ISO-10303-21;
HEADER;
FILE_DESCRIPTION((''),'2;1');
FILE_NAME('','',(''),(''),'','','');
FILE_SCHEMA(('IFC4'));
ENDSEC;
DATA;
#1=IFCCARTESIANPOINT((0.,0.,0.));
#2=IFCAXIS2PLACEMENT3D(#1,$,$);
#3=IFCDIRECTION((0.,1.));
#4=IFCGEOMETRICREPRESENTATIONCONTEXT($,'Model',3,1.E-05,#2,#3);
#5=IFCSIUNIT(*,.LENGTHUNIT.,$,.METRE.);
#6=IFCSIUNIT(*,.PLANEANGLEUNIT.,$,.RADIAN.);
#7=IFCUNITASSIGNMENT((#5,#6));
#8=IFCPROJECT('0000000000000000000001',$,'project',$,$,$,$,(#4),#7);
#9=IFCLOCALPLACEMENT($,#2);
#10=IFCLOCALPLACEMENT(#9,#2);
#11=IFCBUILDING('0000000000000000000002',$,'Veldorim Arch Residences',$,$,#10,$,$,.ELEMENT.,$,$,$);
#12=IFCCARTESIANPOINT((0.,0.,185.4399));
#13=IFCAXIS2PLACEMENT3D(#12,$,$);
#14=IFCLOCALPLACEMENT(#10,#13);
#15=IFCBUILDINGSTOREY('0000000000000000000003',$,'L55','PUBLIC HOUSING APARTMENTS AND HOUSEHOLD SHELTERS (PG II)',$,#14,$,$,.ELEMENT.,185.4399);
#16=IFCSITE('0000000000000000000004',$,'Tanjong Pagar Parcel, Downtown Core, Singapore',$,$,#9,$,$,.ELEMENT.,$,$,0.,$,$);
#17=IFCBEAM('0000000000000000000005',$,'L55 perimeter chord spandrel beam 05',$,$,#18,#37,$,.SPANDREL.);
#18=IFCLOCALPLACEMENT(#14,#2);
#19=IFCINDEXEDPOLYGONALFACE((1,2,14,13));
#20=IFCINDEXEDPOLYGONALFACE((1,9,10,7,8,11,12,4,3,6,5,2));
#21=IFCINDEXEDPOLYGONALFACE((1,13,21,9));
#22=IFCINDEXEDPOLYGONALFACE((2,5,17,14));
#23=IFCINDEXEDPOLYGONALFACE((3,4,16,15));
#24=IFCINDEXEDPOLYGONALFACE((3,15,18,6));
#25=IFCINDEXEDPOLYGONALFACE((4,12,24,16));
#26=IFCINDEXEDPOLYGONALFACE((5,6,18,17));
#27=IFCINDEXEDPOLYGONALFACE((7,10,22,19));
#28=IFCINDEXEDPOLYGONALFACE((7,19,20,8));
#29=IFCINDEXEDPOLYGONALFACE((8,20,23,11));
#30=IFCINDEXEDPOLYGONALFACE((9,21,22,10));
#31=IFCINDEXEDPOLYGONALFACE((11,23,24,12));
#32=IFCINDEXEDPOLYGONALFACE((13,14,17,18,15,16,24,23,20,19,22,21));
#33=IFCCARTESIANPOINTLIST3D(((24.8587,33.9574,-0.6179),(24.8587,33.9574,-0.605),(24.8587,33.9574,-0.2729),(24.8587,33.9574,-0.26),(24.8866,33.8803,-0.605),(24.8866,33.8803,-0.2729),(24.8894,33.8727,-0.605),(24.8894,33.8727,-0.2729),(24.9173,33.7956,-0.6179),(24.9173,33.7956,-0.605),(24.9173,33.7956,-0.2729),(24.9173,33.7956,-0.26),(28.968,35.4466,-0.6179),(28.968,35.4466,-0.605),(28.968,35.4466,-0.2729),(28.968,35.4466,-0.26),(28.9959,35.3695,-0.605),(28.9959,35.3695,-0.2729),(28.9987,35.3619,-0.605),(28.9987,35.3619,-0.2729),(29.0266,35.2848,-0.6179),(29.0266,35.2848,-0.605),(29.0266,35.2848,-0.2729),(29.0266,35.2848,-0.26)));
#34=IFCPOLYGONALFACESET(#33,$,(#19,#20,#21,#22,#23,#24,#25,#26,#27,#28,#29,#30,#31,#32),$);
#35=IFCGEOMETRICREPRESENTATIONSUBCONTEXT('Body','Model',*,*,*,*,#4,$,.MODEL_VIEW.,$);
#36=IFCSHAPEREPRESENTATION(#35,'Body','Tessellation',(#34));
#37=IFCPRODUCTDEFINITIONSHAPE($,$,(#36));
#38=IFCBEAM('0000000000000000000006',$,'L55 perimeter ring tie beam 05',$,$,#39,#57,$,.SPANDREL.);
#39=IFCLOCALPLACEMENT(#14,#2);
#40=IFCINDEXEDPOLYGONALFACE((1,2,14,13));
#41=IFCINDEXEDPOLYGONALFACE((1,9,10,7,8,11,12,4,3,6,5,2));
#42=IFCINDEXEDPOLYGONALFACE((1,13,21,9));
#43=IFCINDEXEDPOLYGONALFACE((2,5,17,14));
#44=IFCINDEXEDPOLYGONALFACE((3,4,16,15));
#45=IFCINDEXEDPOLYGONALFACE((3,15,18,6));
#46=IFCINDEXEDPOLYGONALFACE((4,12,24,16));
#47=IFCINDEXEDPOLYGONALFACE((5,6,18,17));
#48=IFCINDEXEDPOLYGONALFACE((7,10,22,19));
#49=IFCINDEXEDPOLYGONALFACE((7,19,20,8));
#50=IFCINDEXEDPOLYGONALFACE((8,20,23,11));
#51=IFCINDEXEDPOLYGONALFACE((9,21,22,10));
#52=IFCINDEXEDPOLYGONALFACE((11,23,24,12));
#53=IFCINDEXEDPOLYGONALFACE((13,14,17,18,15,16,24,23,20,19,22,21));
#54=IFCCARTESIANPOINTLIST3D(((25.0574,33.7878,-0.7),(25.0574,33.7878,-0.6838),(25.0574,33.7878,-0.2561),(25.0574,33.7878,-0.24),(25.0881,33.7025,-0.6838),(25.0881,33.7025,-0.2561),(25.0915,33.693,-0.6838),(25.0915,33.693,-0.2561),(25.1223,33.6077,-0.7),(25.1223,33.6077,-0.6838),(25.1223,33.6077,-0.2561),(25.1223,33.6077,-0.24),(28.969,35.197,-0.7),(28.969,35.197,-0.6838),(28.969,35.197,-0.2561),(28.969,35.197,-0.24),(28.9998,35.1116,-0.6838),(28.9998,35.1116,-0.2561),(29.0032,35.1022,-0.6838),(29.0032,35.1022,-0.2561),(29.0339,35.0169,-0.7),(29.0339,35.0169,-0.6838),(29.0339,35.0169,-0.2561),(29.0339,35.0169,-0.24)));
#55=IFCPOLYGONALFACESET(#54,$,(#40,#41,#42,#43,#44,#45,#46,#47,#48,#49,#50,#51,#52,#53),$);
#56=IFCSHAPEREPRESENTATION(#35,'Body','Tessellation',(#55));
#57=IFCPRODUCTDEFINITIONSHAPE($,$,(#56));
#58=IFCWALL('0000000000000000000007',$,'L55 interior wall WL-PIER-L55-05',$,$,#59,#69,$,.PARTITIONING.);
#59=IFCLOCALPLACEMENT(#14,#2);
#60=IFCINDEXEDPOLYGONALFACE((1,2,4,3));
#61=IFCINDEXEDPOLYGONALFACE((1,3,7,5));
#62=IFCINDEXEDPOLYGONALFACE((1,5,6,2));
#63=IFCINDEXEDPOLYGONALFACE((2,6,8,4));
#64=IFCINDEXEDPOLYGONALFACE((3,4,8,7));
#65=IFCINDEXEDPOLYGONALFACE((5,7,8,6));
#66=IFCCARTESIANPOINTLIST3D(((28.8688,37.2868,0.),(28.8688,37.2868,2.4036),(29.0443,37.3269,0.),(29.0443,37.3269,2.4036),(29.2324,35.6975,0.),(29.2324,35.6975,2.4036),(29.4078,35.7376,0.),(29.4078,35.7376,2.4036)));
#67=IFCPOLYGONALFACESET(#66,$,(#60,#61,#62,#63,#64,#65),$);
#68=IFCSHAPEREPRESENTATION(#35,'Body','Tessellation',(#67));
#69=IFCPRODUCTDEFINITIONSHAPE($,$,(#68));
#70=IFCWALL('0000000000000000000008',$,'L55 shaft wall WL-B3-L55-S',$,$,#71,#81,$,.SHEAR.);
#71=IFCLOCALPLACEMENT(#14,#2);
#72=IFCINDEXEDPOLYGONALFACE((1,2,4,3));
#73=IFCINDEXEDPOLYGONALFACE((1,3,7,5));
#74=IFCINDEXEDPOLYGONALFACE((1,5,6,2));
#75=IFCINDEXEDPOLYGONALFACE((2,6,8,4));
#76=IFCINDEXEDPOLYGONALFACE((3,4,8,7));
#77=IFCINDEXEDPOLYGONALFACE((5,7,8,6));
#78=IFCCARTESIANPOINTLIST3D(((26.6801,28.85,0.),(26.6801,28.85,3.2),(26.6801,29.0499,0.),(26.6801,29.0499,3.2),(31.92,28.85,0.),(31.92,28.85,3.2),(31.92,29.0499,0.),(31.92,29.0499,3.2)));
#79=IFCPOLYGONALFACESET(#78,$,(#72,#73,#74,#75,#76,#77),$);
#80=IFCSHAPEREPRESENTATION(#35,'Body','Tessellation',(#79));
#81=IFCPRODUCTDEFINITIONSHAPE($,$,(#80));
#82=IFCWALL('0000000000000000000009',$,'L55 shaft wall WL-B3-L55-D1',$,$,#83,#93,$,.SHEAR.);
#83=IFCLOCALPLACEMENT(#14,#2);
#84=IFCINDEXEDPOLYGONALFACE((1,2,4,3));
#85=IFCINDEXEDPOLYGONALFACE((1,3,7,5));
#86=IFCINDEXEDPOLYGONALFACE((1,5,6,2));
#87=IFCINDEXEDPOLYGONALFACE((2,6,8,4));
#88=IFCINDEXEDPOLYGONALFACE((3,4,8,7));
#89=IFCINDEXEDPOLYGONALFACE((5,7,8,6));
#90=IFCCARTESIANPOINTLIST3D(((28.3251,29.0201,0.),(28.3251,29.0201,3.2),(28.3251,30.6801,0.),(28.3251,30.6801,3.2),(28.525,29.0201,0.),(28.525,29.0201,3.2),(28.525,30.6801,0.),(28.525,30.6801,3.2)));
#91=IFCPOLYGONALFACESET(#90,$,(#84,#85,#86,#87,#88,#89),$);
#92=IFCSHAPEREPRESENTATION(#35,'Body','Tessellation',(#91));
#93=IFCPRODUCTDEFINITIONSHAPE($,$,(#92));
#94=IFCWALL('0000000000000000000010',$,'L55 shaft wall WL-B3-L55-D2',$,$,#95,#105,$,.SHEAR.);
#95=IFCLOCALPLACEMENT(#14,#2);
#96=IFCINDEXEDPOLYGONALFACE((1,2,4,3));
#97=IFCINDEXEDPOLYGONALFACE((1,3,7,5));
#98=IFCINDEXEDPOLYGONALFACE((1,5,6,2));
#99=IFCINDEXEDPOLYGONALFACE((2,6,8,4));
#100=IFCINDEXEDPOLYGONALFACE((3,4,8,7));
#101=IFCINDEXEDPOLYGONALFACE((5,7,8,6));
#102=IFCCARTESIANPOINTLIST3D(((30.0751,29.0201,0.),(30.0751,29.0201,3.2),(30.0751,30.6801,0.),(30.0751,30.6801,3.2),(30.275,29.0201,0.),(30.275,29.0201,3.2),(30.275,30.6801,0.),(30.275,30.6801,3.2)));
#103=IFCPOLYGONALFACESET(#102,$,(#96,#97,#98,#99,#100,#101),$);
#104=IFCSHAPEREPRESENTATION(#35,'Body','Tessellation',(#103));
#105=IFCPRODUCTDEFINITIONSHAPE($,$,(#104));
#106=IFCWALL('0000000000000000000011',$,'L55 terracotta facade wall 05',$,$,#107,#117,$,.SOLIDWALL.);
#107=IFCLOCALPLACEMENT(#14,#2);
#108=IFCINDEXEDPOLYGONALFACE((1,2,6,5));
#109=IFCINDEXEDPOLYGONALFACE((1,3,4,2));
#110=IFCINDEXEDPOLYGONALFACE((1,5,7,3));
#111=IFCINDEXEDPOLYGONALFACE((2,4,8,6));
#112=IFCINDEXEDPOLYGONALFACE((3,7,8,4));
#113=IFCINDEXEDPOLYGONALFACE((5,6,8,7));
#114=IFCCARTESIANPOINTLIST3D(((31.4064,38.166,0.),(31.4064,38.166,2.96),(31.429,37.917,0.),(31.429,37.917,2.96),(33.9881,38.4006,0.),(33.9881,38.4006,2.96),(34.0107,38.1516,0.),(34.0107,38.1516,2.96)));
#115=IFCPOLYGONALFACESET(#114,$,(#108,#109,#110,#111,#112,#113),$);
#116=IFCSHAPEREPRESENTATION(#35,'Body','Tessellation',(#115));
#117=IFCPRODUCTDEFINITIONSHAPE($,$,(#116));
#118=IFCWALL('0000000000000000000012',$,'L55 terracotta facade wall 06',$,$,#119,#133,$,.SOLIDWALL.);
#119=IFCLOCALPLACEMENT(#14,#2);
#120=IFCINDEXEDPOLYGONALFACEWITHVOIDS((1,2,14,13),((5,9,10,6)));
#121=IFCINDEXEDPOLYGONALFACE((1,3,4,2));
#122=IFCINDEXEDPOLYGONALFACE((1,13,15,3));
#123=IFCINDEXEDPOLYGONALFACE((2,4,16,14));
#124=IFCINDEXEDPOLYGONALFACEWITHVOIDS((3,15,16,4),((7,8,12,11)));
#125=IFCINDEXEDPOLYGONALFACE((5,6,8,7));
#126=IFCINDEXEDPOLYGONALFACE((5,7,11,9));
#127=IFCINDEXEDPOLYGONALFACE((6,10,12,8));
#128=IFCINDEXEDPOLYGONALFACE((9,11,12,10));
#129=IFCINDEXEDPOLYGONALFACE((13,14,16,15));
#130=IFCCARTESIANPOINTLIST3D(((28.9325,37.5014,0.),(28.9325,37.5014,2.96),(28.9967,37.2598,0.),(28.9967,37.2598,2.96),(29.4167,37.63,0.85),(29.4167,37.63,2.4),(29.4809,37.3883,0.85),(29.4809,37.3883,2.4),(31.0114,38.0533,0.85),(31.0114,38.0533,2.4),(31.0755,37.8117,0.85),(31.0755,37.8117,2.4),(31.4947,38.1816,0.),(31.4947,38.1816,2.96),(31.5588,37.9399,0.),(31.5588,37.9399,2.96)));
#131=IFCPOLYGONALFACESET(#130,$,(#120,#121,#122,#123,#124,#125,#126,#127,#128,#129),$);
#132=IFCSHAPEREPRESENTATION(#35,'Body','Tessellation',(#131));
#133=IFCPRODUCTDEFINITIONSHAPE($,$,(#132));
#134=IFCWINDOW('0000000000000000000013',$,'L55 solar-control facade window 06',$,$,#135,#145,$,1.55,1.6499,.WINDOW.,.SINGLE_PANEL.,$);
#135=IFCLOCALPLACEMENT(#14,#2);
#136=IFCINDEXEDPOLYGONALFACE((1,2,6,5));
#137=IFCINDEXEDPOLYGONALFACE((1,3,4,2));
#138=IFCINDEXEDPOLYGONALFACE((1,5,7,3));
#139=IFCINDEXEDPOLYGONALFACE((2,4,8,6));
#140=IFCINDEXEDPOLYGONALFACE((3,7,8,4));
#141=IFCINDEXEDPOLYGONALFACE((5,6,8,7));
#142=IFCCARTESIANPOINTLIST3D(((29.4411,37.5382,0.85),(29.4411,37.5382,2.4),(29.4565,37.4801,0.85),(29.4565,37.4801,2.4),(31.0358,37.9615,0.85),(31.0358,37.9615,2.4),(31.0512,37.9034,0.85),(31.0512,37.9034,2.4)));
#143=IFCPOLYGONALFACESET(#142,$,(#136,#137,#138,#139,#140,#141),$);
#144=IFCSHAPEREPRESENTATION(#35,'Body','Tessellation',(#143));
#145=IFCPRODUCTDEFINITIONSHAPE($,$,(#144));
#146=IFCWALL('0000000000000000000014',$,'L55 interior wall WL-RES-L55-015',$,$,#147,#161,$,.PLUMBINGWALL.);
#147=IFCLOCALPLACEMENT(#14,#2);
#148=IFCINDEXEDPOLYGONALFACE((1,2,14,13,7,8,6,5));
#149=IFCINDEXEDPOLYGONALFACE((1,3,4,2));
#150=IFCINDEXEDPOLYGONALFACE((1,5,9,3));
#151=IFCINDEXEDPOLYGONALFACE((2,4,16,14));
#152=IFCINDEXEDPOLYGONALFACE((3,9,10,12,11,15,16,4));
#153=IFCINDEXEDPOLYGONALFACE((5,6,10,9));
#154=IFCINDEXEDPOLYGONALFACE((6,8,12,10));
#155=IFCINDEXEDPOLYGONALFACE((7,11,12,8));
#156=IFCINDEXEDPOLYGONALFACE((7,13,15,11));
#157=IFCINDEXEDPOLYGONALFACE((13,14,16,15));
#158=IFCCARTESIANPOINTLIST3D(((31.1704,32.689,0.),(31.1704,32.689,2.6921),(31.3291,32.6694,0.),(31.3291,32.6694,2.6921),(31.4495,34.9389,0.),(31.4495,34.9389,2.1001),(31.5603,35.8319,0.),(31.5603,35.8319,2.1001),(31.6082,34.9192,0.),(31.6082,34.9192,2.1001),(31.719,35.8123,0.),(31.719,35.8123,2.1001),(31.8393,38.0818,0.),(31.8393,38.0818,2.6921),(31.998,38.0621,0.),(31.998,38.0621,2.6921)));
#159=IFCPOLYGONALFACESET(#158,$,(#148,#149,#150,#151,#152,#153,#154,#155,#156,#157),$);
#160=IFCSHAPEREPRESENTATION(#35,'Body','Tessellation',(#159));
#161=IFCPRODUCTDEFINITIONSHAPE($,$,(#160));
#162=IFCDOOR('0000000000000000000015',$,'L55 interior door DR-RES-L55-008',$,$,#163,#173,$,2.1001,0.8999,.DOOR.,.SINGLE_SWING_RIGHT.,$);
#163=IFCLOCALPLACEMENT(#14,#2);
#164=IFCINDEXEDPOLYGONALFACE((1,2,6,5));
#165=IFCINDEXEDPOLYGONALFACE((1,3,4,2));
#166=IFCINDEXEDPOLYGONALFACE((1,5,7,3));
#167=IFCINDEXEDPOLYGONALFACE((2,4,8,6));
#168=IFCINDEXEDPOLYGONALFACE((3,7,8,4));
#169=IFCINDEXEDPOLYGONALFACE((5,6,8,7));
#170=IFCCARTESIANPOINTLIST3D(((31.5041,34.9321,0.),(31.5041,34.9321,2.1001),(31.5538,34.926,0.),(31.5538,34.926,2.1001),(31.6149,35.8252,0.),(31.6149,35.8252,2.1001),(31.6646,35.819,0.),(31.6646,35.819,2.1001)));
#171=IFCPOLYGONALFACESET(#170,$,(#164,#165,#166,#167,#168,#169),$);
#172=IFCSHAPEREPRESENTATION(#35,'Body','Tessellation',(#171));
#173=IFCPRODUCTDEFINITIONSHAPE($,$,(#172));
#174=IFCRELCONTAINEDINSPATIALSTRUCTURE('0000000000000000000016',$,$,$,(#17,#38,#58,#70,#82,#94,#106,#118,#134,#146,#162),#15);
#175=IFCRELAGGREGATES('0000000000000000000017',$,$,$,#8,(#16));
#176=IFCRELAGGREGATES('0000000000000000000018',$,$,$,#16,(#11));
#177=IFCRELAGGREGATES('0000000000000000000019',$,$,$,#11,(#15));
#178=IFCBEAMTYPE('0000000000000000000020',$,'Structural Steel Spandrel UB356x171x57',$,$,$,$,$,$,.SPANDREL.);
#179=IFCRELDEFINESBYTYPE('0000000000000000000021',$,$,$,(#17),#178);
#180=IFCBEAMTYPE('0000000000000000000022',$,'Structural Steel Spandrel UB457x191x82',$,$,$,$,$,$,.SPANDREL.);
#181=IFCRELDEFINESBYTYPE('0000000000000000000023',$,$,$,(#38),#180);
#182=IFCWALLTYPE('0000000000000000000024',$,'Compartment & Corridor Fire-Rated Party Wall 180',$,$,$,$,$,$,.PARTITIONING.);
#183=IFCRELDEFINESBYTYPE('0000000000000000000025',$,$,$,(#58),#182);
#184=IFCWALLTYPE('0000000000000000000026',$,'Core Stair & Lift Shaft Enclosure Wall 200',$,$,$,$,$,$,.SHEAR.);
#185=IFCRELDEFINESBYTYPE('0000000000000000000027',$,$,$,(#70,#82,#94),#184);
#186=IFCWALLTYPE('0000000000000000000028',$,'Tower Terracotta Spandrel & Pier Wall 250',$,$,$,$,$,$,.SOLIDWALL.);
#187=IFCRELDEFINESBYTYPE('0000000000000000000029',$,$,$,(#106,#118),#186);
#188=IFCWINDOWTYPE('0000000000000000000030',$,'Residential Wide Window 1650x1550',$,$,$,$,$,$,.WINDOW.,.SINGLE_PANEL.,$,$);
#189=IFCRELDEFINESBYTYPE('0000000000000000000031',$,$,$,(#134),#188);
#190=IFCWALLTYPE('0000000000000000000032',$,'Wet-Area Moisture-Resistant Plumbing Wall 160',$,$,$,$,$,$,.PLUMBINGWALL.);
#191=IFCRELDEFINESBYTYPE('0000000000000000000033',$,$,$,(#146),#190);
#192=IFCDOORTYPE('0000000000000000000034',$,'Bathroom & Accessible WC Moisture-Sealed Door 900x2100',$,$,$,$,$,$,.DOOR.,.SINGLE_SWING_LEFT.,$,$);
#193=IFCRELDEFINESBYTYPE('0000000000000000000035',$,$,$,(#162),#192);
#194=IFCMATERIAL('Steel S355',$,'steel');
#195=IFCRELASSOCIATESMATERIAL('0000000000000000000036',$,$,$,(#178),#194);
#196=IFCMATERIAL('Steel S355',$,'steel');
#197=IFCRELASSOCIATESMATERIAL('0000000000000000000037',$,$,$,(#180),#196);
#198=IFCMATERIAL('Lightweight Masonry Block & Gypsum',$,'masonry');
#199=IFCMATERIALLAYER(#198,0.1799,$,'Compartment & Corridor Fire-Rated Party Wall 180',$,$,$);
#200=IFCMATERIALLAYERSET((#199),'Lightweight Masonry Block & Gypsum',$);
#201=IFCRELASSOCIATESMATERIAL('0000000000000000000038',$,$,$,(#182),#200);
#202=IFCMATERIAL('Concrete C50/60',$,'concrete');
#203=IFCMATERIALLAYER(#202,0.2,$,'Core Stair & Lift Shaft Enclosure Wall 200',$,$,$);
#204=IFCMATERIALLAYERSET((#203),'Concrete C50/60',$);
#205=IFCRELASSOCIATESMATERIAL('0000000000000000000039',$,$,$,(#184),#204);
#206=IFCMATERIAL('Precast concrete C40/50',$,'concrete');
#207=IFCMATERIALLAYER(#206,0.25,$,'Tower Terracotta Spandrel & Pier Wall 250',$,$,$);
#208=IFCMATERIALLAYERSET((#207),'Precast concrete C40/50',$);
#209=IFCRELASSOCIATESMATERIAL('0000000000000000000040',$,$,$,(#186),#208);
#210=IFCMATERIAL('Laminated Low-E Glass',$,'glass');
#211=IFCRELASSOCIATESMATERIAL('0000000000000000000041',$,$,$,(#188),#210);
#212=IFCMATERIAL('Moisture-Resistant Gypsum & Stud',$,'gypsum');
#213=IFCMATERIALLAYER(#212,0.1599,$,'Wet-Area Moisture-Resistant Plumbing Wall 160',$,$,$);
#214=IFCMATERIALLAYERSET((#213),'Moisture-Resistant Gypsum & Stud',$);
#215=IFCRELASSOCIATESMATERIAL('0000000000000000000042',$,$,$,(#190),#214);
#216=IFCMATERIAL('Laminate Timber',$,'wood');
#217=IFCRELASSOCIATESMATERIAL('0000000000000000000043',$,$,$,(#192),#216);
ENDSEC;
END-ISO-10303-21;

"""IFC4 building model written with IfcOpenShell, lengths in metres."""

from ifc_helpers import new_model, si_unit, direction, frame, frame_2d, origin, origin_2d, place, context, subcontext, project, spatial, rectangle, i_section, extrude, material, layer, layer_set, material_profile, profile_set, type_object, element, fill, save


model = new_model("IFC4")

# Units and contexts
model_context = context("Model", 3, precision=1e-05, world=origin(), true_north=direction((0.0, 1.0)))
body_context = subcontext(model_context, "Body", "Model", "MODEL_VIEW")
ifc_project = project(units=[si_unit("LENGTHUNIT", "METRE"), si_unit("PLANEANGLEUNIT", "RADIAN")], contexts=[model_context])

# Site, building, storey
site_placement = place(None, origin())
site = spatial("IfcSite", under=ifc_project, at=site_placement, Name="Tanjong Pagar Parcel, Downtown Core, Singapore", CompositionType="ELEMENT", RefElevation=0.0)
building_placement = place(site_placement, origin())
building = spatial("IfcBuilding", under=site, at=building_placement, Name="Veldorim Arch Residences", CompositionType="ELEMENT")
storey_placement = place(building_placement, frame((0.0, 0.0, 185.4399)))
storey = spatial("IfcBuildingStorey", under=building, at=storey_placement, Name="L55", Description="PUBLIC HOUSING APARTMENTS AND HOUSEHOLD SHELTERS (PG II)", CompositionType="ELEMENT", Elevation=185.4399)

# Beams
ifc_material_1 = material(Name="Steel S355", Category="steel")
ifc_material_profile_1 = material_profile(ifc_material_1, i_section(OverallWidth=0.1721, OverallDepth=0.3579, WebThickness=0.0081, FlangeThickness=0.0129, at=origin_2d()), Name="UB356x171x57")
ifc_profile_set_1 = profile_set([ifc_material_profile_1], Name="Steel S355")
beam_type_1 = type_object("IfcBeamType", Name="Structural Steel Spandrel UB356x171x57", PredefinedType="SPANDREL", material=ifc_profile_set_1)
beam_1_placement = place(storey_placement, frame((28.9973, 35.3657, -0.439), z_axis=(-0.940165, -0.34072, 0.0), x_axis=(0.34072, -0.940165, 0.0)))
element("IfcBeam", 1, at=beam_1_placement, inside=storey, type_object=beam_type_1, Name="L55 perimeter chord spandrel beam 05", PredefinedType="SPANDREL", context=body_context, shape_type="SweptSolid", body=[
    extrude(i_section(OverallWidth=0.1721, OverallDepth=0.3579, WebThickness=0.0081, FlangeThickness=0.0129, at=origin_2d()), origin(), (0.0, 0.0, 1.0), 4.3708),
])
ifc_material_2 = material(Name="Steel S355", Category="steel")
ifc_material_profile_2 = material_profile(ifc_material_2, i_section(OverallWidth=0.1914, OverallDepth=0.46, WebThickness=0.01, FlangeThickness=0.0161, at=origin_2d()), Name="UB457x191x82")
ifc_profile_set_2 = profile_set([ifc_material_profile_2], Name="Steel S355")
beam_type_2 = type_object("IfcBeamType", Name="Structural Steel Spandrel UB457x191x82", PredefinedType="SPANDREL", material=ifc_profile_set_2)
beam_2_placement = place(storey_placement, frame((29.0015, 35.1069, -0.47), z_axis=(-0.940811, -0.338932, 0.0), x_axis=(0.338932, -0.940811, 0.0)))
element("IfcBeam", 2, at=beam_2_placement, inside=storey, type_object=beam_type_2, Name="L55 perimeter ring tie beam 05", PredefinedType="SPANDREL", context=body_context, shape_type="SweptSolid", body=[
    extrude(i_section(OverallWidth=0.1914, OverallDepth=0.46, WebThickness=0.01, FlangeThickness=0.0161, at=origin_2d()), origin(), (0.0, 0.0, 1.0), 4.1577),
])

# Walls
ifc_material_3 = material(Name="Lightweight Masonry Block & Gypsum", Category="masonry")
ifc_layer_1 = layer(ifc_material_3, 0.1799, Name="Compartment & Corridor Fire-Rated Party Wall 180")
ifc_layer_set_1 = layer_set([ifc_layer_1], Name="Lightweight Masonry Block & Gypsum")
wall_type_1 = type_object("IfcWallType", Name="Compartment & Corridor Fire-Rated Party Wall 180", PredefinedType="PARTITIONING", material=ifc_layer_set_1)
wall_1_placement = place(storey_placement, frame((29.3201, 35.7175, 0.0), z_axis=(0.0, 0.0, 1.0), x_axis=(-0.222967, 0.974826, 0.0)))
element("IfcWall", 3, at=wall_1_placement, inside=storey, type_object=wall_type_1, Name="L55 interior wall WL-PIER-L55-05", PredefinedType="PARTITIONING", context=body_context, shape_type="SweptSolid", body=[
    extrude(rectangle(XDim=1.6304, YDim=0.1799, at=frame_2d((0.8152, 0.0))), origin(), (0.0, 0.0, 1.0), 2.4036),
])
ifc_material_4 = material(Name="Concrete C50/60", Category="concrete")
ifc_layer_2 = layer(ifc_material_4, 0.2, Name="Core Stair & Lift Shaft Enclosure Wall 200")
ifc_layer_set_2 = layer_set([ifc_layer_2], Name="Concrete C50/60")
wall_type_2 = type_object("IfcWallType", Name="Core Stair & Lift Shaft Enclosure Wall 200", PredefinedType="SHEAR", material=ifc_layer_set_2)
wall_2_placement = place(storey_placement, frame((26.6799, 28.95, 0.0), z_axis=(0.0, 0.0, 1.0), x_axis=(1.0, 0.0, 0.0)))
element("IfcWall", 4, at=wall_2_placement, inside=storey, type_object=wall_type_2, Name="L55 shaft wall WL-B3-L55-S", PredefinedType="SHEAR", context=body_context, shape_type="SweptSolid", body=[
    extrude(rectangle(XDim=5.24, YDim=0.2, at=frame_2d((2.6201, 0.0))), origin(), (0.0, 0.0, 1.0), 3.2),
])
for number, where, z_axis, x_axis, name in (
    (5, (28.425, 29.02, 0.0), (0.0, 0.0, 1.0), (0.0, 1.0, 0.0), "L55 shaft wall WL-B3-L55-D1"),
    (6, (30.175, 29.02, 0.0), (0.0, 0.0, 1.0), (0.0, 1.0, 0.0), "L55 shaft wall WL-B3-L55-D2"),
):
    element("IfcWall", number, at=place(storey_placement, frame(where, z_axis=z_axis, x_axis=x_axis)), inside=storey, type_object=wall_type_2, Name=name, PredefinedType="SHEAR", context=body_context, shape_type="SweptSolid", body=[
        extrude(rectangle(XDim=1.6599, YDim=0.2, at=frame_2d((0.8301, 0.0))), origin(), (0.0, 0.0, 1.0), 3.2),
    ])
ifc_material_5 = material(Name="Precast concrete C40/50", Category="concrete")
ifc_layer_3 = layer(ifc_material_5, 0.25, Name="Tower Terracotta Spandrel & Pier Wall 250")
ifc_layer_set_3 = layer_set([ifc_layer_3], Name="Precast concrete C40/50")
wall_type_3 = type_object("IfcWallType", Name="Tower Terracotta Spandrel & Pier Wall 250", PredefinedType="SOLIDWALL", material=ifc_layer_set_3)
wall_3_placement = place(storey_placement, frame((31.4177, 38.0415, 0.0), z_axis=(0.0, 0.0, 1.0), x_axis=(0.995896, 0.09051, 0.0)))
element("IfcWall", 7, at=wall_3_placement, inside=storey, type_object=wall_type_3, Name="L55 terracotta facade wall 05", PredefinedType="SOLIDWALL", context=body_context, shape_type="SweptSolid", body=[
    extrude(rectangle(XDim=2.5923, YDim=0.25, at=frame_2d((1.2961, 0.0))), origin(), (0.0, 0.0, 1.0), 2.96),
])

# Wall, opening, window
wall_4_placement = place(storey_placement, frame((28.9646, 37.3806, 0.0), z_axis=(0.0, 0.0, 1.0), x_axis=(0.966525, 0.256573, 0.0)))
wall_4 = element("IfcWall", 8, at=wall_4_placement, inside=storey, type_object=wall_type_3, Name="L55 terracotta facade wall 06", PredefinedType="SOLIDWALL", context=body_context, shape_type="SweptSolid", body=[
    extrude(rectangle(XDim=2.6509, YDim=0.25, at=frame_2d((1.3254, 0.0))), origin(), (0.0, 0.0, 1.0), 2.96),
])
opening_1_placement = place(wall_4_placement, frame((0.501, 0.0, 0.8501)))
opening_1 = element("IfcOpeningElement", 9, at=opening_1_placement, cuts=wall_4, PredefinedType="OPENING", context=body_context, shape_type="SweptSolid", body=[
    extrude(rectangle(XDim=1.6499, YDim=1.55, at=frame_2d((0.825, 0.7749))), frame((0.0, 0.135, 0.0), z_axis=(0.0, -1.0, 0.0), x_axis=(1.0, 0.0, 0.0)), (0.0, 0.0, 1.0), 0.27),
])
ifc_material_6 = material(Name="Laminated Low-E Glass", Category="glass")
window_type = type_object("IfcWindowType", Name="Residential Wide Window 1650x1550", PartitioningType="SINGLE_PANEL", PredefinedType="WINDOW", material=ifc_material_6)
window_placement = place(opening_1_placement, origin())
window = element("IfcWindow", 10, at=window_placement, inside=storey, type_object=window_type, Name="L55 solar-control facade window 06", OverallHeight=1.55, OverallWidth=1.6499, PartitioningType="SINGLE_PANEL", PredefinedType="WINDOW", context=body_context, shape_type="SweptSolid", body=[
    extrude(rectangle(XDim=1.6499, YDim=1.55, at=frame_2d((0.825, 0.7749))), frame((0.0, 0.03, 0.0), z_axis=(0.0, -1.0, 0.0), x_axis=(1.0, 0.0, 0.0)), (0.0, 0.0, 1.0), 0.0601),
])
fill(opening_1, window)

# Wall, opening, door
ifc_material_7 = material(Name="Moisture-Resistant Gypsum & Stud", Category="gypsum")
ifc_layer_4 = layer(ifc_material_7, 0.1599, Name="Wet-Area Moisture-Resistant Plumbing Wall 160")
ifc_layer_set_4 = layer_set([ifc_layer_4], Name="Moisture-Resistant Gypsum & Stud")
wall_type_4 = type_object("IfcWallType", Name="Wet-Area Moisture-Resistant Plumbing Wall 160", PredefinedType="PLUMBINGWALL", material=ifc_layer_set_4)
wall_5_placement = place(storey_placement, frame((31.2498, 32.6792, 0.0), z_axis=(0.0, 0.0, 1.0), x_axis=(0.1231, 0.992394, 0.0)))
wall_5 = element("IfcWall", 11, at=wall_5_placement, inside=storey, type_object=wall_type_4, Name="L55 interior wall WL-RES-L55-015", PredefinedType="PLUMBINGWALL", context=body_context, shape_type="SweptSolid", body=[
    extrude(rectangle(XDim=5.4341, YDim=0.1599, at=frame_2d((2.717, 0.0))), origin(), (0.0, 0.0, 1.0), 2.6921),
])
opening_2_placement = place(wall_5_placement, frame((2.2671, 0.0, 0.0)))
opening_2 = element("IfcOpeningElement", 12, at=opening_2_placement, cuts=wall_5, PredefinedType="OPENING", context=body_context, shape_type="SweptSolid", body=[
    extrude(rectangle(XDim=0.8999, YDim=2.1001, at=frame_2d((0.45, 1.05))), frame((0.0, 0.0898, 0.0), z_axis=(0.0, -1.0, 0.0), x_axis=(1.0, 0.0, 0.0)), (0.0, 0.0, 1.0), 0.1799),
])
ifc_material_8 = material(Name="Laminate Timber", Category="wood")
door_type = type_object("IfcDoorType", Name="Bathroom & Accessible WC Moisture-Sealed Door 900x2100", OperationType="SINGLE_SWING_LEFT", PredefinedType="DOOR", material=ifc_material_8)
door_placement = place(opening_2_placement, origin())
door = element("IfcDoor", 13, at=door_placement, inside=storey, type_object=door_type, Name="L55 interior door DR-RES-L55-008", OperationType="SINGLE_SWING_RIGHT", OverallHeight=2.1001, OverallWidth=0.8999, PredefinedType="DOOR", context=body_context, shape_type="SweptSolid", body=[
    extrude(rectangle(XDim=0.8999, YDim=2.1001, at=frame_2d((0.45, 1.05))), frame((0.0, 0.0249, 0.0), z_axis=(0.0, -1.0, 0.0), x_axis=(1.0, 0.0, 0.0)), (0.0, 0.0, 1.0), 0.05),
])
fill(opening_2, door)

save(model, "model.ifc")
